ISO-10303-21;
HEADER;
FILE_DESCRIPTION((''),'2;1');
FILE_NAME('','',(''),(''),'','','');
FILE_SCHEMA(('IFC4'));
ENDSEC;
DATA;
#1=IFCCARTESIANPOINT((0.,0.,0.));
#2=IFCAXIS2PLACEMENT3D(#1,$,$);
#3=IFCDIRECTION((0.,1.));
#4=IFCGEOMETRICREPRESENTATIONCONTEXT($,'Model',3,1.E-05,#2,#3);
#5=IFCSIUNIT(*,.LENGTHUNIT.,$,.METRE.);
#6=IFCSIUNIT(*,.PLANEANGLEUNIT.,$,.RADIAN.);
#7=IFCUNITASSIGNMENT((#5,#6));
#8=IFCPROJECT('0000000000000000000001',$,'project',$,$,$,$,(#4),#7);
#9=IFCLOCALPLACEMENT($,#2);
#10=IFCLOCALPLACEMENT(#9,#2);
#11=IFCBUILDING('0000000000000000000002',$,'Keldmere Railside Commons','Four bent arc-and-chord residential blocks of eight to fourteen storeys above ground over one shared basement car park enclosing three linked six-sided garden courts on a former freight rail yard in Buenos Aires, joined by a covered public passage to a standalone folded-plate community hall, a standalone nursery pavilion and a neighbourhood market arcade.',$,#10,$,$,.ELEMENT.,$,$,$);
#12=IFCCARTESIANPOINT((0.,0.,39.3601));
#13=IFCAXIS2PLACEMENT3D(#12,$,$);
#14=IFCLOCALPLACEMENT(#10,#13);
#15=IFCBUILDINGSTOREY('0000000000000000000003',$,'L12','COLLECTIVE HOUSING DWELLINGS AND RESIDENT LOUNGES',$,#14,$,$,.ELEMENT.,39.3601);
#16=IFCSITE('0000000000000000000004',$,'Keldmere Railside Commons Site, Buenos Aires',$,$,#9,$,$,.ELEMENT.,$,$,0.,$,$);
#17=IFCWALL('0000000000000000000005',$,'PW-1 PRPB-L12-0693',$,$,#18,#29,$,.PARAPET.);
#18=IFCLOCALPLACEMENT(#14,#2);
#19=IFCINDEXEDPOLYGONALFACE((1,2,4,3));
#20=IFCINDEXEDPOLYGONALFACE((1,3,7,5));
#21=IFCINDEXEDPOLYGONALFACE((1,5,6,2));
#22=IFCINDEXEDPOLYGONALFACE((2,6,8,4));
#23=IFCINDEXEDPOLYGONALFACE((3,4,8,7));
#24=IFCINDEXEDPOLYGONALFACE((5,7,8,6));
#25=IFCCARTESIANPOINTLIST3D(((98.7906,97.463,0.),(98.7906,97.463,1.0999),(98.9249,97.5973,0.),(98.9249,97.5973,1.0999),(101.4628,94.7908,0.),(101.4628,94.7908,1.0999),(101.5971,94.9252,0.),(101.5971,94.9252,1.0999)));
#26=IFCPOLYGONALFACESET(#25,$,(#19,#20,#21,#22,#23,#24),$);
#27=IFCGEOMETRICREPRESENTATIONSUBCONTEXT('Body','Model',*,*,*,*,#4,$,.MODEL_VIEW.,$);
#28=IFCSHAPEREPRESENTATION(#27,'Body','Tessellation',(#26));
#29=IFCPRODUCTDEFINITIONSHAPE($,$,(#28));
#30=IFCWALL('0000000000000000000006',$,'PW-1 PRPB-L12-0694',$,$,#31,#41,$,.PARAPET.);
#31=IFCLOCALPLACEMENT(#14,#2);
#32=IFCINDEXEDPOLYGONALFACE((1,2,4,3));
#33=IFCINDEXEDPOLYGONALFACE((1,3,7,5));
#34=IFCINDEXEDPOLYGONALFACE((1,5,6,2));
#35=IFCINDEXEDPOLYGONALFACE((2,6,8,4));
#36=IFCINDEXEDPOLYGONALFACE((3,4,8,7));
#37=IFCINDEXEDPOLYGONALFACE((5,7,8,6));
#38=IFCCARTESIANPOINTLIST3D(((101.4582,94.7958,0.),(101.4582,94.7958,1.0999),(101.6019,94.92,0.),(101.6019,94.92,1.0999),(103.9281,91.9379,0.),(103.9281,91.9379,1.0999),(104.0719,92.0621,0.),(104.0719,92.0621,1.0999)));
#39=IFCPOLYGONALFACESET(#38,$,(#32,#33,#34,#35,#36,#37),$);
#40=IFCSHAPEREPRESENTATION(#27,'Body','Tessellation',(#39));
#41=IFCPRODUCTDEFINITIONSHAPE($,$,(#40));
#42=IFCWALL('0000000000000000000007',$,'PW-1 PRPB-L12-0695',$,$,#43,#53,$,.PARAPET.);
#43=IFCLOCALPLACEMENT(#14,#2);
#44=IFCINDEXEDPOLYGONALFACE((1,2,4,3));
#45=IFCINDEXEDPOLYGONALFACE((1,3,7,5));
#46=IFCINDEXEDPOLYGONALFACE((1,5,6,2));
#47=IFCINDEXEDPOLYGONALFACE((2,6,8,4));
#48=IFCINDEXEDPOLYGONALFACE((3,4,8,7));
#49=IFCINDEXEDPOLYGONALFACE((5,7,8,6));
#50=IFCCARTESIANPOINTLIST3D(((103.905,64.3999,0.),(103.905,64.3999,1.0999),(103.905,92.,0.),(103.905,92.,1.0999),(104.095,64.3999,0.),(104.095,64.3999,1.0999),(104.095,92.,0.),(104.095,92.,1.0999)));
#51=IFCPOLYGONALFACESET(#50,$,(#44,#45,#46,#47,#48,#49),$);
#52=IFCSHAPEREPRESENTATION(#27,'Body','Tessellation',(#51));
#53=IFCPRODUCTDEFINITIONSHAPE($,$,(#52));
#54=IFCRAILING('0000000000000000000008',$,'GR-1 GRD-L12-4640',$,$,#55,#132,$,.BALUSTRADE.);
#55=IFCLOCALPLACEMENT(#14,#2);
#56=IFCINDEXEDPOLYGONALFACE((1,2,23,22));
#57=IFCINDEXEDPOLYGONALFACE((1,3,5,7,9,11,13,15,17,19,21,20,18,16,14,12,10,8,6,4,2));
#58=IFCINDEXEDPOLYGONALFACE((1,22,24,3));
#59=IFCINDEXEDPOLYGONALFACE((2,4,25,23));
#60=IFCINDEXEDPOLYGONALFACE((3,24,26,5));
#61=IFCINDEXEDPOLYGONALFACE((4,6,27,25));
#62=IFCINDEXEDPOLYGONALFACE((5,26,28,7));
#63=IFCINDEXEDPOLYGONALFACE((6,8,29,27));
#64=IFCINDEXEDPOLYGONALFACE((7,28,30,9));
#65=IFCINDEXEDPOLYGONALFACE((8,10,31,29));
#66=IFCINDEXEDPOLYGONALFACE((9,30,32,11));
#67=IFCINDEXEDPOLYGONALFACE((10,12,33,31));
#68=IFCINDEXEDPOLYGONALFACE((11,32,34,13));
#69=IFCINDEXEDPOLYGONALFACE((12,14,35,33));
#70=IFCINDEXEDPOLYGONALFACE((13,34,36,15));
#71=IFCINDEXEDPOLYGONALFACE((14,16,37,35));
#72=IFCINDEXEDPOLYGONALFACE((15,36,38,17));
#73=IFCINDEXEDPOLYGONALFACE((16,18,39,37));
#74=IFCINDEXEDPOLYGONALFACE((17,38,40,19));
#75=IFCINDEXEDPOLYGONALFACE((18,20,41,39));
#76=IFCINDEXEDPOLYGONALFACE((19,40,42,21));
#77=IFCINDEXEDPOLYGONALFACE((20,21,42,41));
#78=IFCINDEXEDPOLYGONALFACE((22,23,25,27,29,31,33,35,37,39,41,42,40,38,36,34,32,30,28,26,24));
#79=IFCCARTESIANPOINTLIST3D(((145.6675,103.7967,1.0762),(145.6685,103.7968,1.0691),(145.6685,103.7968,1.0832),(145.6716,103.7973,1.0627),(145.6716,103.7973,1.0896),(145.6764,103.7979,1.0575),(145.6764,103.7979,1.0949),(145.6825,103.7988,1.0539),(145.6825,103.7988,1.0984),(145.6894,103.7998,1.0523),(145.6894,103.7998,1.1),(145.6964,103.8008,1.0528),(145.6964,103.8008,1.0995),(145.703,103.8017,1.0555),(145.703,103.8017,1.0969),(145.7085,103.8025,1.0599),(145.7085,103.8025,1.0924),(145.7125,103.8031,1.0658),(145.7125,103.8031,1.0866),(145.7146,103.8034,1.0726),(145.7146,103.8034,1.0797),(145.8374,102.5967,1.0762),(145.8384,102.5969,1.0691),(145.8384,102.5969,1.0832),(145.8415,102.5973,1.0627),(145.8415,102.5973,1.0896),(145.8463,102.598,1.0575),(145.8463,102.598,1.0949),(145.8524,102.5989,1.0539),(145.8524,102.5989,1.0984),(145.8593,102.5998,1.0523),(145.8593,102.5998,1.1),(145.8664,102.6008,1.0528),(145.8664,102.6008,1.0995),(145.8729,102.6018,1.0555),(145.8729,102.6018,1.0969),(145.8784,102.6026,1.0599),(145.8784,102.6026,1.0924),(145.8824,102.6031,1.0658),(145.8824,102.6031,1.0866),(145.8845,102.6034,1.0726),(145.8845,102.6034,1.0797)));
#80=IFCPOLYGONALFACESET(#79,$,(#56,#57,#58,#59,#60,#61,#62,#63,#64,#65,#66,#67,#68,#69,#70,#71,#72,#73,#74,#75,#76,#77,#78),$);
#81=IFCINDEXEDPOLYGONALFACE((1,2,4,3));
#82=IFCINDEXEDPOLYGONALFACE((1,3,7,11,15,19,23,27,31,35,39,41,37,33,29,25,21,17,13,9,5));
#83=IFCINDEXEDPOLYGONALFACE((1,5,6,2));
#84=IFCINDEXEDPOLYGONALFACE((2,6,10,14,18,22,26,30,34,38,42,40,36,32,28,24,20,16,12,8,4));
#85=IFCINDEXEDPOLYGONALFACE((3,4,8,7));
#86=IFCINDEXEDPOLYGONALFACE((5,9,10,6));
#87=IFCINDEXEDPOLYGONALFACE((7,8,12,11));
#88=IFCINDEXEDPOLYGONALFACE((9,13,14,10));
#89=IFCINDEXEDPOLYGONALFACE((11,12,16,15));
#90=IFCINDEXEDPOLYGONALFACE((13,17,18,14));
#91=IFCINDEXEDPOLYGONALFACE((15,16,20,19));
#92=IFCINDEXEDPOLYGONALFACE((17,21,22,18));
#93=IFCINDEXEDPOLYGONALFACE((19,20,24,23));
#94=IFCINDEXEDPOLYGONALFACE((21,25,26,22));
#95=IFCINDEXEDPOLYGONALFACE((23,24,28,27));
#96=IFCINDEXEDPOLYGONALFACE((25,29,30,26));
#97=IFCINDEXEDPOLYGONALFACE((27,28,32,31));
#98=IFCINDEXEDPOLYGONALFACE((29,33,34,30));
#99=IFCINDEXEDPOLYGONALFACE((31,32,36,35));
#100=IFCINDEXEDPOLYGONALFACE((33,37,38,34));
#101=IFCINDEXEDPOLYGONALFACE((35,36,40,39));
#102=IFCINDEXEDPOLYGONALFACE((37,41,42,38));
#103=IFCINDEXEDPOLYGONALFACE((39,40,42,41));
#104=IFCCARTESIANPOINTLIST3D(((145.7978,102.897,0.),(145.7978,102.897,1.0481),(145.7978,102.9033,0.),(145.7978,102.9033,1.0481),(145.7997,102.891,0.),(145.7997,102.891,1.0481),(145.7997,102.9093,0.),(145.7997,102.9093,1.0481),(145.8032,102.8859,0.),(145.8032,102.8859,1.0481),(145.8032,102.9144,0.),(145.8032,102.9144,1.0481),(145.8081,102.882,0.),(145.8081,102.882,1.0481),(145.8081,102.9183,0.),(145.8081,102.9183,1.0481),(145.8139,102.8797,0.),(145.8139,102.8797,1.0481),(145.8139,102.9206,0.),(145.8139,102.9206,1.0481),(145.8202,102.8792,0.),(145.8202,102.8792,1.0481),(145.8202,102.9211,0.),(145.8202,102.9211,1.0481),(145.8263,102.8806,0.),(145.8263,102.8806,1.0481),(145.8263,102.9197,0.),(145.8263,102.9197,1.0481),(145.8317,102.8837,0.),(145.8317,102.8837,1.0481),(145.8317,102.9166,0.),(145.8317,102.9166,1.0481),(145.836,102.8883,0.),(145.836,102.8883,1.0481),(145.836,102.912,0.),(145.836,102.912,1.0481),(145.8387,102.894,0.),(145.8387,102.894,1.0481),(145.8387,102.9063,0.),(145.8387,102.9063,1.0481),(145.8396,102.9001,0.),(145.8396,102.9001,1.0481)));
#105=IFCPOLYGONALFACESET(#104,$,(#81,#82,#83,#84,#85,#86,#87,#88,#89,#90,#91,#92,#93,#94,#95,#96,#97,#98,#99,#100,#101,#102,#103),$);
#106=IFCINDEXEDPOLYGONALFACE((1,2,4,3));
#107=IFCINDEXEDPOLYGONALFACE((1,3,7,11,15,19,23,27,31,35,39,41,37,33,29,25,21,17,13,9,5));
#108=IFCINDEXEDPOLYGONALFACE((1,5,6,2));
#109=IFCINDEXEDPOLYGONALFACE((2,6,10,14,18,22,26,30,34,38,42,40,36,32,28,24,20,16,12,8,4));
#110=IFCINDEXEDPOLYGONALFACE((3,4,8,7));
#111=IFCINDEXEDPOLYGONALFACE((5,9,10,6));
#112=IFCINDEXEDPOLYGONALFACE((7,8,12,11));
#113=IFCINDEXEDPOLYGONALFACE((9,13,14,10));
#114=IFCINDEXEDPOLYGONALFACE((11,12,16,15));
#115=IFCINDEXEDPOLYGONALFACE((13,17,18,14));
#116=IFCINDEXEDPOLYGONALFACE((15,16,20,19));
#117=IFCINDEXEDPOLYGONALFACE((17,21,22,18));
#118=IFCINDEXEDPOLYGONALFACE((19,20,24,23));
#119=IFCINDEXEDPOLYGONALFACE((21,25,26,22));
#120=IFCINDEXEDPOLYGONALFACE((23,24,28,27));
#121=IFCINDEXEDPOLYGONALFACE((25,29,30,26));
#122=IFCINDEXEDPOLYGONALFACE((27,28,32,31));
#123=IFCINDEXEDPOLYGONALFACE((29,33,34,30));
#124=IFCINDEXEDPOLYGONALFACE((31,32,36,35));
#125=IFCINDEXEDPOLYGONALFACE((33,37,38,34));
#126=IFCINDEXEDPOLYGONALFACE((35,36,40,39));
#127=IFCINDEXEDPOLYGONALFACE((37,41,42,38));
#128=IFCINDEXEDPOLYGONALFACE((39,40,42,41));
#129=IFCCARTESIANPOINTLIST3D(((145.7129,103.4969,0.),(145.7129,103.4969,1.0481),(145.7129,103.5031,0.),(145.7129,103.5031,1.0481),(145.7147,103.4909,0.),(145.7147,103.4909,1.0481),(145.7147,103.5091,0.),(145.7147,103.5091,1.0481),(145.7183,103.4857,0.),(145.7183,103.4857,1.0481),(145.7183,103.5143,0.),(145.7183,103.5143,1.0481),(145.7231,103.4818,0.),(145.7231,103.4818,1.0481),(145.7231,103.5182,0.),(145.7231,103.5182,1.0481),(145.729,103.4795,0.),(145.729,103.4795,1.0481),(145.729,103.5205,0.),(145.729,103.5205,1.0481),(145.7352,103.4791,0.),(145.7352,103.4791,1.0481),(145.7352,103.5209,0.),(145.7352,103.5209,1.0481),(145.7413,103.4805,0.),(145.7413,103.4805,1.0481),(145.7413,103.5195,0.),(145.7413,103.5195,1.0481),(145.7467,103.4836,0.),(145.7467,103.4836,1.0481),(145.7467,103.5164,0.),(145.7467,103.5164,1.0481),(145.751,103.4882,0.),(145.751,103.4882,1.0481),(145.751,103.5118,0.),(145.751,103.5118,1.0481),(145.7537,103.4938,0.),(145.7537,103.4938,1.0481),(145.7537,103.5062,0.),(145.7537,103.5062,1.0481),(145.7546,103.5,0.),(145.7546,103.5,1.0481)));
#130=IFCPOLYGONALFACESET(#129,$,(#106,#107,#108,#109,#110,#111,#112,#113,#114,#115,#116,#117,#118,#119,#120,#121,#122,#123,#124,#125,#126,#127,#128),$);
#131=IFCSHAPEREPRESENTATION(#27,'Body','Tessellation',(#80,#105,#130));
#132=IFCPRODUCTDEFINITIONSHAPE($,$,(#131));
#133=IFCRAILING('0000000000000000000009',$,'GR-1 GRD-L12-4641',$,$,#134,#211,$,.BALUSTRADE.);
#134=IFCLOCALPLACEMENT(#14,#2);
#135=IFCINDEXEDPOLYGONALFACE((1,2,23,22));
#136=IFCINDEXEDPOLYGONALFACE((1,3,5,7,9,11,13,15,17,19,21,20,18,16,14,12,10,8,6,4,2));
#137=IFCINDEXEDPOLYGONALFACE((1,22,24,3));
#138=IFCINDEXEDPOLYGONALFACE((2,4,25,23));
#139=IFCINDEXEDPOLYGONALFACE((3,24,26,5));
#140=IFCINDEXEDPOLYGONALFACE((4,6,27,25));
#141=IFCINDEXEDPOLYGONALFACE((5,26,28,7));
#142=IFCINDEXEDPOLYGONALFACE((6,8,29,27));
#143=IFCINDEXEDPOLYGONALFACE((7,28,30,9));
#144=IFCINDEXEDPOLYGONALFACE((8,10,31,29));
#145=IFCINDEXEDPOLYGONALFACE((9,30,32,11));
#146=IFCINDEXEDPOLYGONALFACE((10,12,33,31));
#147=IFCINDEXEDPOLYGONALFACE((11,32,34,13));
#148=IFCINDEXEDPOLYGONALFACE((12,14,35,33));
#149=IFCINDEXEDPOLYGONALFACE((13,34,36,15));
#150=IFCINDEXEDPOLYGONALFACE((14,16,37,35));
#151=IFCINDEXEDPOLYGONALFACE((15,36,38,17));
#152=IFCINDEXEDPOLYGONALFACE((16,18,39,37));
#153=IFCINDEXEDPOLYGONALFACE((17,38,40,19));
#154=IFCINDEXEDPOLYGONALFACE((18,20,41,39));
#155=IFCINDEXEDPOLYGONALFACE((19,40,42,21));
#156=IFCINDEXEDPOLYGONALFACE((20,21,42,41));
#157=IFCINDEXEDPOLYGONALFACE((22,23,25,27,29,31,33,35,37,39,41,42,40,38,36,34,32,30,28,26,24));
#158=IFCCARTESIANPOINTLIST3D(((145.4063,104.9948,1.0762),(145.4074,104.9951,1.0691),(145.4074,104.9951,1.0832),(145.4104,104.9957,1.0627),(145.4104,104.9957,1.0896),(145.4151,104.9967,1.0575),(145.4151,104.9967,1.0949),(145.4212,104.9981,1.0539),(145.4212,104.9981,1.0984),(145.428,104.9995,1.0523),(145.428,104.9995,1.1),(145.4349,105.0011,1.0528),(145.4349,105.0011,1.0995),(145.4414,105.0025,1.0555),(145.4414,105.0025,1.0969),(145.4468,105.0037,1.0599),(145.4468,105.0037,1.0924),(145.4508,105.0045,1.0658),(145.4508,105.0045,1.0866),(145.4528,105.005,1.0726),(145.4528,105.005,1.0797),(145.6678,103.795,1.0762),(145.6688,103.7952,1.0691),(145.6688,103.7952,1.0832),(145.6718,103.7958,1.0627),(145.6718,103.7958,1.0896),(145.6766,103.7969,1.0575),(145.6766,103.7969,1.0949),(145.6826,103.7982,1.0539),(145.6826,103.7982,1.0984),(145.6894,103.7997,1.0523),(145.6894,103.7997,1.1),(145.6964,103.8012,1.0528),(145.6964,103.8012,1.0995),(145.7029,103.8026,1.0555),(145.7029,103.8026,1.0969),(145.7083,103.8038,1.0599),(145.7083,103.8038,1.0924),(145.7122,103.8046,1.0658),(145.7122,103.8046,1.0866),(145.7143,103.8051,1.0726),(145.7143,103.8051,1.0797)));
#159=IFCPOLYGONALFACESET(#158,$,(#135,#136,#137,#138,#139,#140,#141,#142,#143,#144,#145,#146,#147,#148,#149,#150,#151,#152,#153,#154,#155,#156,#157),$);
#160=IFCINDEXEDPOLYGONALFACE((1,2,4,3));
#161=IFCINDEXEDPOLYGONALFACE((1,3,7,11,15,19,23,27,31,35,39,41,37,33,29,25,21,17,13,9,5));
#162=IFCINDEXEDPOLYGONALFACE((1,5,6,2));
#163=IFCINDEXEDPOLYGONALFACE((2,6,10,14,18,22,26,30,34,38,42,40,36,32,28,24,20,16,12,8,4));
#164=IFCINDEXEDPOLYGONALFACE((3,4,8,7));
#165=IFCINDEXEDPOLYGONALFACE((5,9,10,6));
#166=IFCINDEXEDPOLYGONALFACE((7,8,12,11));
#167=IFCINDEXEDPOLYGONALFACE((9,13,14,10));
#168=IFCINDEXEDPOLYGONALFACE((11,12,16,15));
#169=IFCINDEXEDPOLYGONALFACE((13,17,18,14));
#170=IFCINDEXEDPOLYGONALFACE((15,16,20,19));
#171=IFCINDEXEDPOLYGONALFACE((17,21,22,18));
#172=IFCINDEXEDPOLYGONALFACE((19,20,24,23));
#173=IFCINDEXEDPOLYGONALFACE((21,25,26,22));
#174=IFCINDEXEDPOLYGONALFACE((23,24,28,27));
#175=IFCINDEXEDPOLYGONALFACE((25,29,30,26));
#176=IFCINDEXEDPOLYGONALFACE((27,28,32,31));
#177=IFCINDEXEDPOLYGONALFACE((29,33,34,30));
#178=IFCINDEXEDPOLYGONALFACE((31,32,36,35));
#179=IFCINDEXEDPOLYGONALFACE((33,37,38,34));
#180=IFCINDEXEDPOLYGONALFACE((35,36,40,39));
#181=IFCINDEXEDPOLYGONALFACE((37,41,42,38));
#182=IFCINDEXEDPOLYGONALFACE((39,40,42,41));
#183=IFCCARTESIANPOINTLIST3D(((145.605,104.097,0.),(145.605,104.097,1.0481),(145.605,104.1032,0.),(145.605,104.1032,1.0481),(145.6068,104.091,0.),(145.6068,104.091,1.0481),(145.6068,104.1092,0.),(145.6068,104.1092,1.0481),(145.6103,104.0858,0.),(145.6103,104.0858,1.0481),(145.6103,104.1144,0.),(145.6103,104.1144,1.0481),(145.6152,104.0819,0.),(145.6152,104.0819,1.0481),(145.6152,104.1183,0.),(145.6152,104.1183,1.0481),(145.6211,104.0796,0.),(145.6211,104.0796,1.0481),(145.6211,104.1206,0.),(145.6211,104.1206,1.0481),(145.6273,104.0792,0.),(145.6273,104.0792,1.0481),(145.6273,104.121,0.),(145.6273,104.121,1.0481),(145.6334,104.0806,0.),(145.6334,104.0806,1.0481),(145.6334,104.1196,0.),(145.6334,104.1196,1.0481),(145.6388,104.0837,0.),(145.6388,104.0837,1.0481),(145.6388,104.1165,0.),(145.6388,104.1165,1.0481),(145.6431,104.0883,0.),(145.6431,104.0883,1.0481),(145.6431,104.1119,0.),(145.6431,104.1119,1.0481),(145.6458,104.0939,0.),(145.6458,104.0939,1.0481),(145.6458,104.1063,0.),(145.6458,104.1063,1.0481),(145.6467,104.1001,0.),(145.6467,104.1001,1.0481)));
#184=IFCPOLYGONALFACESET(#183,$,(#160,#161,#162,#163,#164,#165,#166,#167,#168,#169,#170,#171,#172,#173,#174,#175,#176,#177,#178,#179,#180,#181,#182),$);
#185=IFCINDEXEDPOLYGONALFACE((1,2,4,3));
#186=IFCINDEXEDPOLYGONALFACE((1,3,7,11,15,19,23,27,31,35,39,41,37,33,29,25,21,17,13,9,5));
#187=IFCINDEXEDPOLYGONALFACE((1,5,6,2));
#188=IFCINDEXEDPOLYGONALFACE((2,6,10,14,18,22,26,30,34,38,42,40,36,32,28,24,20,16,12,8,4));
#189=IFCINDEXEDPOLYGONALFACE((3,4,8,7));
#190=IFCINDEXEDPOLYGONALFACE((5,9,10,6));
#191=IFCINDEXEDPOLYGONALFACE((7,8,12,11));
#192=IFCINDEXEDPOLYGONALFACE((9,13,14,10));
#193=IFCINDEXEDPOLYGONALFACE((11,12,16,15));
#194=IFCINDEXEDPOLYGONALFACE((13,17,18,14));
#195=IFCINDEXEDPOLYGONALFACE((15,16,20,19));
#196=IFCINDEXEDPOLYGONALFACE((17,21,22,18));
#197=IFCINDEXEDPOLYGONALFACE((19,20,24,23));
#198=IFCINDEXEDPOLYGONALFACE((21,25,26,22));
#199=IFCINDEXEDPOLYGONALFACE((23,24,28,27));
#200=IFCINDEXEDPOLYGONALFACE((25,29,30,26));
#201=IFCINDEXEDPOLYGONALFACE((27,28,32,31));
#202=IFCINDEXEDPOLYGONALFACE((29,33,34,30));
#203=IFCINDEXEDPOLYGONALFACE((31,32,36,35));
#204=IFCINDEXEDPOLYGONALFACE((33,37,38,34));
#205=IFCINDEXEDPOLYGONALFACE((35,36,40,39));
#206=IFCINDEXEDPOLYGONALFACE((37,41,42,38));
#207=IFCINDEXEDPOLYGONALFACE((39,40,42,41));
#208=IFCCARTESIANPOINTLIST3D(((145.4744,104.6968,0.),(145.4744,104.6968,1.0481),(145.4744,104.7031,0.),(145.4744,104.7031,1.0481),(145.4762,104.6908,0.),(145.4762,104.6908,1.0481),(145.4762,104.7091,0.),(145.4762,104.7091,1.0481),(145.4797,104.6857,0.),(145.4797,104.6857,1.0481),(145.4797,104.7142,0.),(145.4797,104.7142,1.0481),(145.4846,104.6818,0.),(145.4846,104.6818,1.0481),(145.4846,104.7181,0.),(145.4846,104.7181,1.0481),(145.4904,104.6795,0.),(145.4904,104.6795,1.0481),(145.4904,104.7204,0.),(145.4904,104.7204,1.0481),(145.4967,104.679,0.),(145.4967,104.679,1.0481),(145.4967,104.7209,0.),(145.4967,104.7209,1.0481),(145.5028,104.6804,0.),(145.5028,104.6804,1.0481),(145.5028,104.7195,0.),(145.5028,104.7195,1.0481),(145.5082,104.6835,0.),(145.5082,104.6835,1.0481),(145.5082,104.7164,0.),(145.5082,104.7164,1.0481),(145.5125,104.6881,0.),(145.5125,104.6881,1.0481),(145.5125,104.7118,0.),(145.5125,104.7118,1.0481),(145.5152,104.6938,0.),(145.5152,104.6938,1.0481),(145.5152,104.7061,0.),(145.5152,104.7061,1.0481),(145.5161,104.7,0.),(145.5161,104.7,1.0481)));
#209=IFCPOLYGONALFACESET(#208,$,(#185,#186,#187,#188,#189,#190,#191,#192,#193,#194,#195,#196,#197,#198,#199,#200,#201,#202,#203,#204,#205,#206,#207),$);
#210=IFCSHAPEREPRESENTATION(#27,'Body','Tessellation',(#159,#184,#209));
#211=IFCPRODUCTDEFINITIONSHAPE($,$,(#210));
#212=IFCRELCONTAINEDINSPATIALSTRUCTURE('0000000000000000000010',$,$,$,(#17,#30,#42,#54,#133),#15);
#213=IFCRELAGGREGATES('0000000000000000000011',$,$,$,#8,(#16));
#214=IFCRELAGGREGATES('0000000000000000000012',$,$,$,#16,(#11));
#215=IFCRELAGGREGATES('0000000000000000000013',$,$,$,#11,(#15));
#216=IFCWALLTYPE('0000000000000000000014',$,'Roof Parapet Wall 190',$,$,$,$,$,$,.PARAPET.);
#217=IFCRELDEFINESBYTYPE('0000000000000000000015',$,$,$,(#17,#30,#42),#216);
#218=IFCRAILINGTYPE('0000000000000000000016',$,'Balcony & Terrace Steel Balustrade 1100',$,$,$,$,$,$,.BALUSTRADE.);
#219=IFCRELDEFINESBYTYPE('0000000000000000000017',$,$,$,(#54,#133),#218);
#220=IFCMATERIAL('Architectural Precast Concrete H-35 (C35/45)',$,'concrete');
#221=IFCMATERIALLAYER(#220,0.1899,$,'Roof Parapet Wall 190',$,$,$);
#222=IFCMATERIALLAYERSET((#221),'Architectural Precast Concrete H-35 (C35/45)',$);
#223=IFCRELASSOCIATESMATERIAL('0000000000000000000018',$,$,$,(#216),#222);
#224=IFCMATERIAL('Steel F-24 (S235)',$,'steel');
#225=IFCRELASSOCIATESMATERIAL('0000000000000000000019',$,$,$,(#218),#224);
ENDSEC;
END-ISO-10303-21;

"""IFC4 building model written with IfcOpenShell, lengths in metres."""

from ifc_helpers import new_model, si_unit, direction, frame, frame_2d, origin, origin_2d, place, context, subcontext, project, spatial, rectangle, circle, extrude, material, layer, layer_set, type_object, element, save


model = new_model("IFC4")

# Units and contexts
model_context = context("Model", 3, precision=1e-05, world=origin(), true_north=direction((0.0, 1.0)))
body_context = subcontext(model_context, "Body", "Model", "MODEL_VIEW")
ifc_project = project(units=[si_unit("LENGTHUNIT", "METRE"), si_unit("PLANEANGLEUNIT", "RADIAN")], contexts=[model_context])

# Site, building, storey
site_placement = place(None, origin())
site = spatial("IfcSite", under=ifc_project, at=site_placement, Name="Keldmere Railside Commons Site, Buenos Aires", CompositionType="ELEMENT", RefElevation=0.0)
building_placement = place(site_placement, origin())
building = spatial("IfcBuilding", under=site, at=building_placement, Name="Keldmere Railside Commons", Description="Four bent arc-and-chord residential blocks of eight to fourteen storeys above ground over one shared basement car park enclosing three linked six-sided garden courts on a former freight rail yard in Buenos Aires, joined by a covered public passage to a standalone folded-plate community hall, a standalone nursery pavilion and a neighbourhood market arcade.", CompositionType="ELEMENT")
storey_placement = place(building_placement, frame((0.0, 0.0, 39.3601)))
storey = spatial("IfcBuildingStorey", under=building, at=storey_placement, Name="L12", Description="COLLECTIVE HOUSING DWELLINGS AND RESIDENT LOUNGES", CompositionType="ELEMENT", Elevation=39.3601)

# Shared definitions
ifc_material_1 = material(Name="Steel F-24 (S235)", Category="steel")

# Walls
ifc_material_2 = material(Name="Architectural Precast Concrete H-35 (C35/45)", Category="concrete")
ifc_layer = layer(ifc_material_2, 0.1899, Name="Roof Parapet Wall 190")
ifc_layer_set = layer_set([ifc_layer], Name="Architectural Precast Concrete H-35 (C35/45)")
wall_type = type_object("IfcWallType", Name="Roof Parapet Wall 190", PredefinedType="PARAPET", material=ifc_layer_set)
wall_1_placement = place(storey_placement, frame((101.53, 94.8579, 0.0), z_axis=(0.0, 0.0, 1.0), x_axis=(-0.707107, 0.707107, 0.0)))
element("IfcWall", 1, at=wall_1_placement, inside=storey, type_object=wall_type, Name="PW-1 PRPB-L12-0693", PredefinedType="PARAPET", context=body_context, shape_type="SweptSolid", body=[
    extrude(rectangle(XDim=3.7791, YDim=0.1899, at=frame_2d((1.8896, 0.0))), origin(), (0.0, 0.0, 1.0), 1.0999),
])
wall_2_placement = place(storey_placement, frame((104.0, 92.0, 0.0), z_axis=(0.0, 0.0, 1.0), x_axis=(-0.653889, 0.75659, 0.0)))
element("IfcWall", 2, at=wall_2_placement, inside=storey, type_object=wall_type, Name="PW-1 PRPB-L12-0694", PredefinedType="PARAPET", context=body_context, shape_type="SweptSolid", body=[
    extrude(rectangle(XDim=3.7773, YDim=0.1899, at=frame_2d((1.8887, 0.0))), origin(), (0.0, 0.0, 1.0), 1.0999),
])
wall_3_placement = place(storey_placement, frame((104.0, 64.3999, 0.0), z_axis=(0.0, 0.0, 1.0), x_axis=(0.0, 1.0, 0.0)))
element("IfcWall", 3, at=wall_3_placement, inside=storey, type_object=wall_type, Name="PW-1 PRPB-L12-0695", PredefinedType="PARAPET", context=body_context, shape_type="SweptSolid", body=[
    extrude(rectangle(XDim=27.6001, YDim=0.1899, at=frame_2d((13.8, 0.0))), origin(), (0.0, 0.0, 1.0), 1.0999),
])

# Railings
railing_type = type_object("IfcRailingType", Name="Balcony & Terrace Steel Balustrade 1100", PredefinedType="BALUSTRADE", material=ifc_material_1)
railing_1_placement = place(storey_placement, frame((145.8611, 102.6001, 0.0)))
element("IfcRailing", 4, at=railing_1_placement, inside=storey, type_object=railing_type, Name="GR-1 GRD-L12-4640", PredefinedType="BALUSTRADE", context=body_context, shape_type="SweptSolid", body=[
    extrude(circle(Radius=0.0239, at=origin_2d()), frame((0.0, 0.0, 1.0762), z_axis=(-0.140209, 0.990122, 0.0), x_axis=(-0.990122, -0.140209, 0.0)), (0.0, 0.0, 1.0), 1.2119),
    extrude(circle(Radius=0.021, at=origin_2d()), frame((-0.0425, 0.3, 0.0)), (0.0, 0.0, 1.0), 1.0481),
    extrude(circle(Radius=0.021, at=origin_2d()), frame((-0.1274, 0.8999, 0.0)), (0.0, 0.0, 1.0), 1.0481),
])
railing_2_placement = place(storey_placement, frame((145.6912, 103.8, 0.0)))
element("IfcRailing", 5, at=railing_2_placement, inside=storey, type_object=railing_type, Name="GR-1 GRD-L12-4641", PredefinedType="BALUSTRADE", context=body_context, shape_type="SweptSolid", body=[
    extrude(circle(Radius=0.0239, at=origin_2d()), frame((0.0, 0.0, 1.0762), z_axis=(-0.212908, 0.977072, 0.0), x_axis=(-0.977072, -0.212908, 0.0)), (0.0, 0.0, 1.0), 1.228),
    extrude(circle(Radius=0.021, at=origin_2d()), frame((-0.0654, 0.3, 0.0)), (0.0, 0.0, 1.0), 1.0481),
    extrude(circle(Radius=0.021, at=origin_2d()), frame((-0.196, 0.8999, 0.0)), (0.0, 0.0, 1.0), 1.0481),
])

save(model, "model.ifc")
